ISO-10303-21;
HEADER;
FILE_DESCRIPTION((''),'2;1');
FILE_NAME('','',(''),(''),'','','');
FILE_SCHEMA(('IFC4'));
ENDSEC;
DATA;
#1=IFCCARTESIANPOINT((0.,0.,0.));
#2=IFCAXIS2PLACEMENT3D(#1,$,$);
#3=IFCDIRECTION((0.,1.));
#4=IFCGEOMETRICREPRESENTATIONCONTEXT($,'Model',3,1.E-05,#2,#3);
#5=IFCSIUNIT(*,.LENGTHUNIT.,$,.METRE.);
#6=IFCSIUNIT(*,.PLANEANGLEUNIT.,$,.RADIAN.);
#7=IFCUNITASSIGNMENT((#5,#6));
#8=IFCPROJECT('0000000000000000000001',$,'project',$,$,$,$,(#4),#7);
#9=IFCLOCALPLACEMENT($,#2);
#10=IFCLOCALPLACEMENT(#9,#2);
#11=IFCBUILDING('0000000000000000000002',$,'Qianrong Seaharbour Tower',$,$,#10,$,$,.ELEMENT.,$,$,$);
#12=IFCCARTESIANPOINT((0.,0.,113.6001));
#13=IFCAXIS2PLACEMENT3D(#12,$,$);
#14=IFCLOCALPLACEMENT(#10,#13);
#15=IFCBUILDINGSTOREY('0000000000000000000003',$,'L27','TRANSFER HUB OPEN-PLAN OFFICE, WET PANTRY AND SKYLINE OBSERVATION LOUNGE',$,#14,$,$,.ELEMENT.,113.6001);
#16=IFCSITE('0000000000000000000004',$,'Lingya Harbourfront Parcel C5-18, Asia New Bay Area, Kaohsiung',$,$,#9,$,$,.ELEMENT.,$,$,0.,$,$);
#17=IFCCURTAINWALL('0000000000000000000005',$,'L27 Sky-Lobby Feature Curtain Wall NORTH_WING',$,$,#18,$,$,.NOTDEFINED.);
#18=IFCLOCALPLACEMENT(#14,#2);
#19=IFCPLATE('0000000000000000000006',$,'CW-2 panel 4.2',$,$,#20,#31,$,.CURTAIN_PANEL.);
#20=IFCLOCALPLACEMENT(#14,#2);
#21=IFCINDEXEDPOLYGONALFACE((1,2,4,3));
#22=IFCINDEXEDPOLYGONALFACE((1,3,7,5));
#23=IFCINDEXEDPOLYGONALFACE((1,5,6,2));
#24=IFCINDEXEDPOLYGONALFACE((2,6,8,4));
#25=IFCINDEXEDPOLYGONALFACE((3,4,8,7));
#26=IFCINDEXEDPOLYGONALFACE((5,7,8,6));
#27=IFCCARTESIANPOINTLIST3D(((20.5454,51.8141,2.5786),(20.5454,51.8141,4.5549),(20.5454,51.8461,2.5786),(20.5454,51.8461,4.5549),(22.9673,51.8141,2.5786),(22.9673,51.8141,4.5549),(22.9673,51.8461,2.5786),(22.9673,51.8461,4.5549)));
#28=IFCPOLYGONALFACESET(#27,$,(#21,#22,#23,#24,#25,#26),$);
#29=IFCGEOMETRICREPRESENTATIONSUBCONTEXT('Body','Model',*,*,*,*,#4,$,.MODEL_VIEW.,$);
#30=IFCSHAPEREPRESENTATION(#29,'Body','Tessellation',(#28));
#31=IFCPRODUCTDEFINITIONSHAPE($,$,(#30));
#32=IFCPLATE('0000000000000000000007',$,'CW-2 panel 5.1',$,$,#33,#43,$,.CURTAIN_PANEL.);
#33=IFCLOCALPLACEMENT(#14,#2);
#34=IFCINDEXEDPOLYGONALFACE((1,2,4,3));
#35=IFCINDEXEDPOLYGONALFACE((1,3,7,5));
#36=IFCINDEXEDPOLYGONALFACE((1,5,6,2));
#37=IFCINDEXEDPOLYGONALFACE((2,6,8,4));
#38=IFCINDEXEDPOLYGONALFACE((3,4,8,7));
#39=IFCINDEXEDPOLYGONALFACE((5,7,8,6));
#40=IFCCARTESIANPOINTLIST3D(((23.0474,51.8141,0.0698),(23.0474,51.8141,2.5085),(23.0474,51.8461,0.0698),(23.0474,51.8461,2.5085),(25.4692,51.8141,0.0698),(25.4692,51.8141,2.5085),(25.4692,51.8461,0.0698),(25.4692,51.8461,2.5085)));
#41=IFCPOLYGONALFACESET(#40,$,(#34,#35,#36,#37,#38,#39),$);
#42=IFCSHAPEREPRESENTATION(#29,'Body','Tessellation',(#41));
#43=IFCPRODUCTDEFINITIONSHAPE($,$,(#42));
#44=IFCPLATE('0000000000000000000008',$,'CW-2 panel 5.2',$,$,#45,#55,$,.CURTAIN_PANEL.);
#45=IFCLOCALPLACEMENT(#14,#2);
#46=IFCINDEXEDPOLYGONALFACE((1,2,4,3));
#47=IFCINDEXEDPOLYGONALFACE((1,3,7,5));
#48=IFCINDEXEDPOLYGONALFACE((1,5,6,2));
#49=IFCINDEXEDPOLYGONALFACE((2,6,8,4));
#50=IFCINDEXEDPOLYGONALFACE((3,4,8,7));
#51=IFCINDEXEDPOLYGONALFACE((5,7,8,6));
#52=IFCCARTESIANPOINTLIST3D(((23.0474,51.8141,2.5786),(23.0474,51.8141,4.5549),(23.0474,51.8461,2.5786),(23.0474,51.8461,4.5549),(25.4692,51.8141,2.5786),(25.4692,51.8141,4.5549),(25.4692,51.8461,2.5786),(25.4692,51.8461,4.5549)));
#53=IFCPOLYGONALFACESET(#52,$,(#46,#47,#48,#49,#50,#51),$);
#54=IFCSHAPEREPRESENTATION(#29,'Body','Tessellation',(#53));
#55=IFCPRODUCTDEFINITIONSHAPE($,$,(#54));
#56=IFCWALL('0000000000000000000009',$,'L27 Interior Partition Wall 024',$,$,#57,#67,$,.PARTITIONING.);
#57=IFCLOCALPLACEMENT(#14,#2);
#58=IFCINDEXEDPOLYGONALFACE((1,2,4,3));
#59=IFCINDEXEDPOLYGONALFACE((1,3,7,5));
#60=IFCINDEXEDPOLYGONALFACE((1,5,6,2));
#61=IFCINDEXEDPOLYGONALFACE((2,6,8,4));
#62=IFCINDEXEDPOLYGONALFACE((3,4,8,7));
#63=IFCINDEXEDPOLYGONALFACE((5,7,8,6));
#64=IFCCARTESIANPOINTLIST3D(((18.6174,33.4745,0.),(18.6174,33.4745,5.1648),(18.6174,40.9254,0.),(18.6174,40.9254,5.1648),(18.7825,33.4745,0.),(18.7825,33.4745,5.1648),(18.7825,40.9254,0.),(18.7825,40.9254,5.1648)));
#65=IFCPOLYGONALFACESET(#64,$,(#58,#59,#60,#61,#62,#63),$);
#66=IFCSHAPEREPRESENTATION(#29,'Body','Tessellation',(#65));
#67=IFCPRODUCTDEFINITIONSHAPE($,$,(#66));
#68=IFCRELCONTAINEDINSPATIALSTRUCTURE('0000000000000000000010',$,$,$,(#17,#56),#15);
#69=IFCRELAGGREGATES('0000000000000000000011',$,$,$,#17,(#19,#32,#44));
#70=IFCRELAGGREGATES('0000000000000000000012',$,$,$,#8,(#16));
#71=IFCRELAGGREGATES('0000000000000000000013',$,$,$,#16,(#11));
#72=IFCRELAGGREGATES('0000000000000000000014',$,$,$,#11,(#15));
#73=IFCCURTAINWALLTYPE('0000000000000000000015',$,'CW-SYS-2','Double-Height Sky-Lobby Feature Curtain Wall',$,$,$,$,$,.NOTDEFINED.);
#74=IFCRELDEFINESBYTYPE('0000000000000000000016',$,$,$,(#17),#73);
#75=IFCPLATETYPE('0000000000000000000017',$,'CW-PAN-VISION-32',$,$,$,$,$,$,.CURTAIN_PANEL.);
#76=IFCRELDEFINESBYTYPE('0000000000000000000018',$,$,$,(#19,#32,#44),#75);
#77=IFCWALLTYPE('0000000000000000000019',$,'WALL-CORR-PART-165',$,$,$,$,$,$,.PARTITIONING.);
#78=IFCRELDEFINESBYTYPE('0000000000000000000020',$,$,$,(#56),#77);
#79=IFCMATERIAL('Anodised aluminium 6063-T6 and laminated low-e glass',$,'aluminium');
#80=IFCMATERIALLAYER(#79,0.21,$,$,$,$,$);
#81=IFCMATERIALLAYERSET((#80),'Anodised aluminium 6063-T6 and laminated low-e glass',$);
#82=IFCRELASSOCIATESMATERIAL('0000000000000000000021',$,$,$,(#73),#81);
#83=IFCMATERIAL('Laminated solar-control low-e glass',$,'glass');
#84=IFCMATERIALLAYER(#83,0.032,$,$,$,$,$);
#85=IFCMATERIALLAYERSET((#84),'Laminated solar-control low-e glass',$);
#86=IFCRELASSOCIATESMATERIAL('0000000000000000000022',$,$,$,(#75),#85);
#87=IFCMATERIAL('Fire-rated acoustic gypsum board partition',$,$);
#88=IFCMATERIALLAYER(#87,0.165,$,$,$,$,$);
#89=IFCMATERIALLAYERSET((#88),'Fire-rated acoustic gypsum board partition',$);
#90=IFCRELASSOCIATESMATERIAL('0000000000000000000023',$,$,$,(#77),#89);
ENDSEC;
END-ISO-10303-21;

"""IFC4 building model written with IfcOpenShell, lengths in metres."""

from ifc_helpers import new_model, si_unit, direction, frame, frame_2d, origin, origin_2d, place, context, subcontext, project, spatial, rectangle, extrude, material, layer, layer_set, type_object, element, aggregate, save


model = new_model("IFC4")

# Units and contexts
model_context = context("Model", 3, precision=1e-05, world=origin(), true_north=direction((0.0, 1.0)))
body_context = subcontext(model_context, "Body", "Model", "MODEL_VIEW")
ifc_project = project(units=[si_unit("LENGTHUNIT", "METRE"), si_unit("PLANEANGLEUNIT", "RADIAN")], contexts=[model_context])

# Site, building, storey
site_placement = place(None, origin())
site = spatial("IfcSite", under=ifc_project, at=site_placement, Name="Lingya Harbourfront Parcel C5-18, Asia New Bay Area, Kaohsiung", CompositionType="ELEMENT", RefElevation=0.0)
building_placement = place(site_placement, origin())
building = spatial("IfcBuilding", under=site, at=building_placement, Name="Qianrong Seaharbour Tower", CompositionType="ELEMENT")
storey_placement = place(building_placement, frame((0.0, 0.0, 113.6001)))
storey = spatial("IfcBuildingStorey", under=building, at=storey_placement, Name="L27", Description="TRANSFER HUB OPEN-PLAN OFFICE, WET PANTRY AND SKYLINE OBSERVATION LOUNGE", CompositionType="ELEMENT", Elevation=113.6001)

# Curtain wall, plates
ifc_material_1 = material(Name="Anodised aluminium 6063-T6 and laminated low-e glass", Category="aluminium")
ifc_layer_1 = layer(ifc_material_1, 0.21)
ifc_layer_set_1 = layer_set([ifc_layer_1], Name="Anodised aluminium 6063-T6 and laminated low-e glass")
curtain_wall_type = type_object("IfcCurtainWallType", Name="CW-SYS-2", Description="Double-Height Sky-Lobby Feature Curtain Wall", PredefinedType="NOTDEFINED", material=ifc_layer_set_1)
curtain_wall_placement = place(storey_placement, origin())
curtain_wall = element("IfcCurtainWall", 1, at=curtain_wall_placement, inside=storey, type_object=curtain_wall_type, Name="L27 Sky-Lobby Feature Curtain Wall NORTH_WING", PredefinedType="NOTDEFINED")
ifc_material_2 = material(Name="Laminated solar-control low-e glass", Category="glass")
ifc_layer_2 = layer(ifc_material_2, 0.032)
ifc_layer_set_2 = layer_set([ifc_layer_2], Name="Laminated solar-control low-e glass")
plate_type = type_object("IfcPlateType", Name="CW-PAN-VISION-32", PredefinedType="CURTAIN_PANEL", material=ifc_layer_set_2)
plate_1_placement = place(storey_placement, frame((21.7563, 51.8301, 2.5786), z_axis=(0.0, 0.0, 1.0), x_axis=(1.0, 0.0, 0.0)))
plate_1 = element("IfcPlate", 2, at=plate_1_placement, type_object=plate_type, Name="CW-2 panel 4.2", PredefinedType="CURTAIN_PANEL", context=body_context, shape_type="SweptSolid", body=[
    extrude(rectangle(XDim=2.4219, YDim=0.032, at=origin_2d()), origin(), (0.0, 0.0, 1.0), 1.9763),
])
plate_2_placement = place(storey_placement, frame((24.2583, 51.8301, 0.0698), z_axis=(0.0, 0.0, 1.0), x_axis=(1.0, 0.0, 0.0)))
plate_2 = element("IfcPlate", 3, at=plate_2_placement, type_object=plate_type, Name="CW-2 panel 5.1", PredefinedType="CURTAIN_PANEL", context=body_context, shape_type="SweptSolid", body=[
    extrude(rectangle(XDim=2.4219, YDim=0.032, at=origin_2d()), origin(), (0.0, 0.0, 1.0), 2.4387),
])
plate_3_placement = place(storey_placement, frame((24.2583, 51.8301, 2.5786), z_axis=(0.0, 0.0, 1.0), x_axis=(1.0, 0.0, 0.0)))
plate_3 = element("IfcPlate", 4, at=plate_3_placement, type_object=plate_type, Name="CW-2 panel 5.2", PredefinedType="CURTAIN_PANEL", context=body_context, shape_type="SweptSolid", body=[
    extrude(rectangle(XDim=2.4219, YDim=0.032, at=origin_2d()), origin(), (0.0, 0.0, 1.0), 1.9763),
])
aggregate(curtain_wall, [plate_1, plate_2, plate_3])

# Wall
ifc_material_3 = material(Name="Fire-rated acoustic gypsum board partition")
ifc_layer_3 = layer(ifc_material_3, 0.165)
ifc_layer_set_3 = layer_set([ifc_layer_3], Name="Fire-rated acoustic gypsum board partition")
wall_type = type_object("IfcWallType", Name="WALL-CORR-PART-165", PredefinedType="PARTITIONING", material=ifc_layer_set_3)
wall_placement = place(storey_placement, frame((18.7, 40.9255, 0.0), z_axis=(0.0, 0.0, 1.0), x_axis=(0.0, -1.0, 0.0)))
element("IfcWall", 5, at=wall_placement, inside=storey, type_object=wall_type, Name="L27 Interior Partition Wall 024", PredefinedType="PARTITIONING", context=body_context, shape_type="SweptSolid", body=[
    extrude(rectangle(XDim=7.4509, YDim=0.165, at=frame_2d((3.7256, 0.0))), origin(), (0.0, 0.0, 1.0), 5.1648),
])

save(model, "model.ifc")
